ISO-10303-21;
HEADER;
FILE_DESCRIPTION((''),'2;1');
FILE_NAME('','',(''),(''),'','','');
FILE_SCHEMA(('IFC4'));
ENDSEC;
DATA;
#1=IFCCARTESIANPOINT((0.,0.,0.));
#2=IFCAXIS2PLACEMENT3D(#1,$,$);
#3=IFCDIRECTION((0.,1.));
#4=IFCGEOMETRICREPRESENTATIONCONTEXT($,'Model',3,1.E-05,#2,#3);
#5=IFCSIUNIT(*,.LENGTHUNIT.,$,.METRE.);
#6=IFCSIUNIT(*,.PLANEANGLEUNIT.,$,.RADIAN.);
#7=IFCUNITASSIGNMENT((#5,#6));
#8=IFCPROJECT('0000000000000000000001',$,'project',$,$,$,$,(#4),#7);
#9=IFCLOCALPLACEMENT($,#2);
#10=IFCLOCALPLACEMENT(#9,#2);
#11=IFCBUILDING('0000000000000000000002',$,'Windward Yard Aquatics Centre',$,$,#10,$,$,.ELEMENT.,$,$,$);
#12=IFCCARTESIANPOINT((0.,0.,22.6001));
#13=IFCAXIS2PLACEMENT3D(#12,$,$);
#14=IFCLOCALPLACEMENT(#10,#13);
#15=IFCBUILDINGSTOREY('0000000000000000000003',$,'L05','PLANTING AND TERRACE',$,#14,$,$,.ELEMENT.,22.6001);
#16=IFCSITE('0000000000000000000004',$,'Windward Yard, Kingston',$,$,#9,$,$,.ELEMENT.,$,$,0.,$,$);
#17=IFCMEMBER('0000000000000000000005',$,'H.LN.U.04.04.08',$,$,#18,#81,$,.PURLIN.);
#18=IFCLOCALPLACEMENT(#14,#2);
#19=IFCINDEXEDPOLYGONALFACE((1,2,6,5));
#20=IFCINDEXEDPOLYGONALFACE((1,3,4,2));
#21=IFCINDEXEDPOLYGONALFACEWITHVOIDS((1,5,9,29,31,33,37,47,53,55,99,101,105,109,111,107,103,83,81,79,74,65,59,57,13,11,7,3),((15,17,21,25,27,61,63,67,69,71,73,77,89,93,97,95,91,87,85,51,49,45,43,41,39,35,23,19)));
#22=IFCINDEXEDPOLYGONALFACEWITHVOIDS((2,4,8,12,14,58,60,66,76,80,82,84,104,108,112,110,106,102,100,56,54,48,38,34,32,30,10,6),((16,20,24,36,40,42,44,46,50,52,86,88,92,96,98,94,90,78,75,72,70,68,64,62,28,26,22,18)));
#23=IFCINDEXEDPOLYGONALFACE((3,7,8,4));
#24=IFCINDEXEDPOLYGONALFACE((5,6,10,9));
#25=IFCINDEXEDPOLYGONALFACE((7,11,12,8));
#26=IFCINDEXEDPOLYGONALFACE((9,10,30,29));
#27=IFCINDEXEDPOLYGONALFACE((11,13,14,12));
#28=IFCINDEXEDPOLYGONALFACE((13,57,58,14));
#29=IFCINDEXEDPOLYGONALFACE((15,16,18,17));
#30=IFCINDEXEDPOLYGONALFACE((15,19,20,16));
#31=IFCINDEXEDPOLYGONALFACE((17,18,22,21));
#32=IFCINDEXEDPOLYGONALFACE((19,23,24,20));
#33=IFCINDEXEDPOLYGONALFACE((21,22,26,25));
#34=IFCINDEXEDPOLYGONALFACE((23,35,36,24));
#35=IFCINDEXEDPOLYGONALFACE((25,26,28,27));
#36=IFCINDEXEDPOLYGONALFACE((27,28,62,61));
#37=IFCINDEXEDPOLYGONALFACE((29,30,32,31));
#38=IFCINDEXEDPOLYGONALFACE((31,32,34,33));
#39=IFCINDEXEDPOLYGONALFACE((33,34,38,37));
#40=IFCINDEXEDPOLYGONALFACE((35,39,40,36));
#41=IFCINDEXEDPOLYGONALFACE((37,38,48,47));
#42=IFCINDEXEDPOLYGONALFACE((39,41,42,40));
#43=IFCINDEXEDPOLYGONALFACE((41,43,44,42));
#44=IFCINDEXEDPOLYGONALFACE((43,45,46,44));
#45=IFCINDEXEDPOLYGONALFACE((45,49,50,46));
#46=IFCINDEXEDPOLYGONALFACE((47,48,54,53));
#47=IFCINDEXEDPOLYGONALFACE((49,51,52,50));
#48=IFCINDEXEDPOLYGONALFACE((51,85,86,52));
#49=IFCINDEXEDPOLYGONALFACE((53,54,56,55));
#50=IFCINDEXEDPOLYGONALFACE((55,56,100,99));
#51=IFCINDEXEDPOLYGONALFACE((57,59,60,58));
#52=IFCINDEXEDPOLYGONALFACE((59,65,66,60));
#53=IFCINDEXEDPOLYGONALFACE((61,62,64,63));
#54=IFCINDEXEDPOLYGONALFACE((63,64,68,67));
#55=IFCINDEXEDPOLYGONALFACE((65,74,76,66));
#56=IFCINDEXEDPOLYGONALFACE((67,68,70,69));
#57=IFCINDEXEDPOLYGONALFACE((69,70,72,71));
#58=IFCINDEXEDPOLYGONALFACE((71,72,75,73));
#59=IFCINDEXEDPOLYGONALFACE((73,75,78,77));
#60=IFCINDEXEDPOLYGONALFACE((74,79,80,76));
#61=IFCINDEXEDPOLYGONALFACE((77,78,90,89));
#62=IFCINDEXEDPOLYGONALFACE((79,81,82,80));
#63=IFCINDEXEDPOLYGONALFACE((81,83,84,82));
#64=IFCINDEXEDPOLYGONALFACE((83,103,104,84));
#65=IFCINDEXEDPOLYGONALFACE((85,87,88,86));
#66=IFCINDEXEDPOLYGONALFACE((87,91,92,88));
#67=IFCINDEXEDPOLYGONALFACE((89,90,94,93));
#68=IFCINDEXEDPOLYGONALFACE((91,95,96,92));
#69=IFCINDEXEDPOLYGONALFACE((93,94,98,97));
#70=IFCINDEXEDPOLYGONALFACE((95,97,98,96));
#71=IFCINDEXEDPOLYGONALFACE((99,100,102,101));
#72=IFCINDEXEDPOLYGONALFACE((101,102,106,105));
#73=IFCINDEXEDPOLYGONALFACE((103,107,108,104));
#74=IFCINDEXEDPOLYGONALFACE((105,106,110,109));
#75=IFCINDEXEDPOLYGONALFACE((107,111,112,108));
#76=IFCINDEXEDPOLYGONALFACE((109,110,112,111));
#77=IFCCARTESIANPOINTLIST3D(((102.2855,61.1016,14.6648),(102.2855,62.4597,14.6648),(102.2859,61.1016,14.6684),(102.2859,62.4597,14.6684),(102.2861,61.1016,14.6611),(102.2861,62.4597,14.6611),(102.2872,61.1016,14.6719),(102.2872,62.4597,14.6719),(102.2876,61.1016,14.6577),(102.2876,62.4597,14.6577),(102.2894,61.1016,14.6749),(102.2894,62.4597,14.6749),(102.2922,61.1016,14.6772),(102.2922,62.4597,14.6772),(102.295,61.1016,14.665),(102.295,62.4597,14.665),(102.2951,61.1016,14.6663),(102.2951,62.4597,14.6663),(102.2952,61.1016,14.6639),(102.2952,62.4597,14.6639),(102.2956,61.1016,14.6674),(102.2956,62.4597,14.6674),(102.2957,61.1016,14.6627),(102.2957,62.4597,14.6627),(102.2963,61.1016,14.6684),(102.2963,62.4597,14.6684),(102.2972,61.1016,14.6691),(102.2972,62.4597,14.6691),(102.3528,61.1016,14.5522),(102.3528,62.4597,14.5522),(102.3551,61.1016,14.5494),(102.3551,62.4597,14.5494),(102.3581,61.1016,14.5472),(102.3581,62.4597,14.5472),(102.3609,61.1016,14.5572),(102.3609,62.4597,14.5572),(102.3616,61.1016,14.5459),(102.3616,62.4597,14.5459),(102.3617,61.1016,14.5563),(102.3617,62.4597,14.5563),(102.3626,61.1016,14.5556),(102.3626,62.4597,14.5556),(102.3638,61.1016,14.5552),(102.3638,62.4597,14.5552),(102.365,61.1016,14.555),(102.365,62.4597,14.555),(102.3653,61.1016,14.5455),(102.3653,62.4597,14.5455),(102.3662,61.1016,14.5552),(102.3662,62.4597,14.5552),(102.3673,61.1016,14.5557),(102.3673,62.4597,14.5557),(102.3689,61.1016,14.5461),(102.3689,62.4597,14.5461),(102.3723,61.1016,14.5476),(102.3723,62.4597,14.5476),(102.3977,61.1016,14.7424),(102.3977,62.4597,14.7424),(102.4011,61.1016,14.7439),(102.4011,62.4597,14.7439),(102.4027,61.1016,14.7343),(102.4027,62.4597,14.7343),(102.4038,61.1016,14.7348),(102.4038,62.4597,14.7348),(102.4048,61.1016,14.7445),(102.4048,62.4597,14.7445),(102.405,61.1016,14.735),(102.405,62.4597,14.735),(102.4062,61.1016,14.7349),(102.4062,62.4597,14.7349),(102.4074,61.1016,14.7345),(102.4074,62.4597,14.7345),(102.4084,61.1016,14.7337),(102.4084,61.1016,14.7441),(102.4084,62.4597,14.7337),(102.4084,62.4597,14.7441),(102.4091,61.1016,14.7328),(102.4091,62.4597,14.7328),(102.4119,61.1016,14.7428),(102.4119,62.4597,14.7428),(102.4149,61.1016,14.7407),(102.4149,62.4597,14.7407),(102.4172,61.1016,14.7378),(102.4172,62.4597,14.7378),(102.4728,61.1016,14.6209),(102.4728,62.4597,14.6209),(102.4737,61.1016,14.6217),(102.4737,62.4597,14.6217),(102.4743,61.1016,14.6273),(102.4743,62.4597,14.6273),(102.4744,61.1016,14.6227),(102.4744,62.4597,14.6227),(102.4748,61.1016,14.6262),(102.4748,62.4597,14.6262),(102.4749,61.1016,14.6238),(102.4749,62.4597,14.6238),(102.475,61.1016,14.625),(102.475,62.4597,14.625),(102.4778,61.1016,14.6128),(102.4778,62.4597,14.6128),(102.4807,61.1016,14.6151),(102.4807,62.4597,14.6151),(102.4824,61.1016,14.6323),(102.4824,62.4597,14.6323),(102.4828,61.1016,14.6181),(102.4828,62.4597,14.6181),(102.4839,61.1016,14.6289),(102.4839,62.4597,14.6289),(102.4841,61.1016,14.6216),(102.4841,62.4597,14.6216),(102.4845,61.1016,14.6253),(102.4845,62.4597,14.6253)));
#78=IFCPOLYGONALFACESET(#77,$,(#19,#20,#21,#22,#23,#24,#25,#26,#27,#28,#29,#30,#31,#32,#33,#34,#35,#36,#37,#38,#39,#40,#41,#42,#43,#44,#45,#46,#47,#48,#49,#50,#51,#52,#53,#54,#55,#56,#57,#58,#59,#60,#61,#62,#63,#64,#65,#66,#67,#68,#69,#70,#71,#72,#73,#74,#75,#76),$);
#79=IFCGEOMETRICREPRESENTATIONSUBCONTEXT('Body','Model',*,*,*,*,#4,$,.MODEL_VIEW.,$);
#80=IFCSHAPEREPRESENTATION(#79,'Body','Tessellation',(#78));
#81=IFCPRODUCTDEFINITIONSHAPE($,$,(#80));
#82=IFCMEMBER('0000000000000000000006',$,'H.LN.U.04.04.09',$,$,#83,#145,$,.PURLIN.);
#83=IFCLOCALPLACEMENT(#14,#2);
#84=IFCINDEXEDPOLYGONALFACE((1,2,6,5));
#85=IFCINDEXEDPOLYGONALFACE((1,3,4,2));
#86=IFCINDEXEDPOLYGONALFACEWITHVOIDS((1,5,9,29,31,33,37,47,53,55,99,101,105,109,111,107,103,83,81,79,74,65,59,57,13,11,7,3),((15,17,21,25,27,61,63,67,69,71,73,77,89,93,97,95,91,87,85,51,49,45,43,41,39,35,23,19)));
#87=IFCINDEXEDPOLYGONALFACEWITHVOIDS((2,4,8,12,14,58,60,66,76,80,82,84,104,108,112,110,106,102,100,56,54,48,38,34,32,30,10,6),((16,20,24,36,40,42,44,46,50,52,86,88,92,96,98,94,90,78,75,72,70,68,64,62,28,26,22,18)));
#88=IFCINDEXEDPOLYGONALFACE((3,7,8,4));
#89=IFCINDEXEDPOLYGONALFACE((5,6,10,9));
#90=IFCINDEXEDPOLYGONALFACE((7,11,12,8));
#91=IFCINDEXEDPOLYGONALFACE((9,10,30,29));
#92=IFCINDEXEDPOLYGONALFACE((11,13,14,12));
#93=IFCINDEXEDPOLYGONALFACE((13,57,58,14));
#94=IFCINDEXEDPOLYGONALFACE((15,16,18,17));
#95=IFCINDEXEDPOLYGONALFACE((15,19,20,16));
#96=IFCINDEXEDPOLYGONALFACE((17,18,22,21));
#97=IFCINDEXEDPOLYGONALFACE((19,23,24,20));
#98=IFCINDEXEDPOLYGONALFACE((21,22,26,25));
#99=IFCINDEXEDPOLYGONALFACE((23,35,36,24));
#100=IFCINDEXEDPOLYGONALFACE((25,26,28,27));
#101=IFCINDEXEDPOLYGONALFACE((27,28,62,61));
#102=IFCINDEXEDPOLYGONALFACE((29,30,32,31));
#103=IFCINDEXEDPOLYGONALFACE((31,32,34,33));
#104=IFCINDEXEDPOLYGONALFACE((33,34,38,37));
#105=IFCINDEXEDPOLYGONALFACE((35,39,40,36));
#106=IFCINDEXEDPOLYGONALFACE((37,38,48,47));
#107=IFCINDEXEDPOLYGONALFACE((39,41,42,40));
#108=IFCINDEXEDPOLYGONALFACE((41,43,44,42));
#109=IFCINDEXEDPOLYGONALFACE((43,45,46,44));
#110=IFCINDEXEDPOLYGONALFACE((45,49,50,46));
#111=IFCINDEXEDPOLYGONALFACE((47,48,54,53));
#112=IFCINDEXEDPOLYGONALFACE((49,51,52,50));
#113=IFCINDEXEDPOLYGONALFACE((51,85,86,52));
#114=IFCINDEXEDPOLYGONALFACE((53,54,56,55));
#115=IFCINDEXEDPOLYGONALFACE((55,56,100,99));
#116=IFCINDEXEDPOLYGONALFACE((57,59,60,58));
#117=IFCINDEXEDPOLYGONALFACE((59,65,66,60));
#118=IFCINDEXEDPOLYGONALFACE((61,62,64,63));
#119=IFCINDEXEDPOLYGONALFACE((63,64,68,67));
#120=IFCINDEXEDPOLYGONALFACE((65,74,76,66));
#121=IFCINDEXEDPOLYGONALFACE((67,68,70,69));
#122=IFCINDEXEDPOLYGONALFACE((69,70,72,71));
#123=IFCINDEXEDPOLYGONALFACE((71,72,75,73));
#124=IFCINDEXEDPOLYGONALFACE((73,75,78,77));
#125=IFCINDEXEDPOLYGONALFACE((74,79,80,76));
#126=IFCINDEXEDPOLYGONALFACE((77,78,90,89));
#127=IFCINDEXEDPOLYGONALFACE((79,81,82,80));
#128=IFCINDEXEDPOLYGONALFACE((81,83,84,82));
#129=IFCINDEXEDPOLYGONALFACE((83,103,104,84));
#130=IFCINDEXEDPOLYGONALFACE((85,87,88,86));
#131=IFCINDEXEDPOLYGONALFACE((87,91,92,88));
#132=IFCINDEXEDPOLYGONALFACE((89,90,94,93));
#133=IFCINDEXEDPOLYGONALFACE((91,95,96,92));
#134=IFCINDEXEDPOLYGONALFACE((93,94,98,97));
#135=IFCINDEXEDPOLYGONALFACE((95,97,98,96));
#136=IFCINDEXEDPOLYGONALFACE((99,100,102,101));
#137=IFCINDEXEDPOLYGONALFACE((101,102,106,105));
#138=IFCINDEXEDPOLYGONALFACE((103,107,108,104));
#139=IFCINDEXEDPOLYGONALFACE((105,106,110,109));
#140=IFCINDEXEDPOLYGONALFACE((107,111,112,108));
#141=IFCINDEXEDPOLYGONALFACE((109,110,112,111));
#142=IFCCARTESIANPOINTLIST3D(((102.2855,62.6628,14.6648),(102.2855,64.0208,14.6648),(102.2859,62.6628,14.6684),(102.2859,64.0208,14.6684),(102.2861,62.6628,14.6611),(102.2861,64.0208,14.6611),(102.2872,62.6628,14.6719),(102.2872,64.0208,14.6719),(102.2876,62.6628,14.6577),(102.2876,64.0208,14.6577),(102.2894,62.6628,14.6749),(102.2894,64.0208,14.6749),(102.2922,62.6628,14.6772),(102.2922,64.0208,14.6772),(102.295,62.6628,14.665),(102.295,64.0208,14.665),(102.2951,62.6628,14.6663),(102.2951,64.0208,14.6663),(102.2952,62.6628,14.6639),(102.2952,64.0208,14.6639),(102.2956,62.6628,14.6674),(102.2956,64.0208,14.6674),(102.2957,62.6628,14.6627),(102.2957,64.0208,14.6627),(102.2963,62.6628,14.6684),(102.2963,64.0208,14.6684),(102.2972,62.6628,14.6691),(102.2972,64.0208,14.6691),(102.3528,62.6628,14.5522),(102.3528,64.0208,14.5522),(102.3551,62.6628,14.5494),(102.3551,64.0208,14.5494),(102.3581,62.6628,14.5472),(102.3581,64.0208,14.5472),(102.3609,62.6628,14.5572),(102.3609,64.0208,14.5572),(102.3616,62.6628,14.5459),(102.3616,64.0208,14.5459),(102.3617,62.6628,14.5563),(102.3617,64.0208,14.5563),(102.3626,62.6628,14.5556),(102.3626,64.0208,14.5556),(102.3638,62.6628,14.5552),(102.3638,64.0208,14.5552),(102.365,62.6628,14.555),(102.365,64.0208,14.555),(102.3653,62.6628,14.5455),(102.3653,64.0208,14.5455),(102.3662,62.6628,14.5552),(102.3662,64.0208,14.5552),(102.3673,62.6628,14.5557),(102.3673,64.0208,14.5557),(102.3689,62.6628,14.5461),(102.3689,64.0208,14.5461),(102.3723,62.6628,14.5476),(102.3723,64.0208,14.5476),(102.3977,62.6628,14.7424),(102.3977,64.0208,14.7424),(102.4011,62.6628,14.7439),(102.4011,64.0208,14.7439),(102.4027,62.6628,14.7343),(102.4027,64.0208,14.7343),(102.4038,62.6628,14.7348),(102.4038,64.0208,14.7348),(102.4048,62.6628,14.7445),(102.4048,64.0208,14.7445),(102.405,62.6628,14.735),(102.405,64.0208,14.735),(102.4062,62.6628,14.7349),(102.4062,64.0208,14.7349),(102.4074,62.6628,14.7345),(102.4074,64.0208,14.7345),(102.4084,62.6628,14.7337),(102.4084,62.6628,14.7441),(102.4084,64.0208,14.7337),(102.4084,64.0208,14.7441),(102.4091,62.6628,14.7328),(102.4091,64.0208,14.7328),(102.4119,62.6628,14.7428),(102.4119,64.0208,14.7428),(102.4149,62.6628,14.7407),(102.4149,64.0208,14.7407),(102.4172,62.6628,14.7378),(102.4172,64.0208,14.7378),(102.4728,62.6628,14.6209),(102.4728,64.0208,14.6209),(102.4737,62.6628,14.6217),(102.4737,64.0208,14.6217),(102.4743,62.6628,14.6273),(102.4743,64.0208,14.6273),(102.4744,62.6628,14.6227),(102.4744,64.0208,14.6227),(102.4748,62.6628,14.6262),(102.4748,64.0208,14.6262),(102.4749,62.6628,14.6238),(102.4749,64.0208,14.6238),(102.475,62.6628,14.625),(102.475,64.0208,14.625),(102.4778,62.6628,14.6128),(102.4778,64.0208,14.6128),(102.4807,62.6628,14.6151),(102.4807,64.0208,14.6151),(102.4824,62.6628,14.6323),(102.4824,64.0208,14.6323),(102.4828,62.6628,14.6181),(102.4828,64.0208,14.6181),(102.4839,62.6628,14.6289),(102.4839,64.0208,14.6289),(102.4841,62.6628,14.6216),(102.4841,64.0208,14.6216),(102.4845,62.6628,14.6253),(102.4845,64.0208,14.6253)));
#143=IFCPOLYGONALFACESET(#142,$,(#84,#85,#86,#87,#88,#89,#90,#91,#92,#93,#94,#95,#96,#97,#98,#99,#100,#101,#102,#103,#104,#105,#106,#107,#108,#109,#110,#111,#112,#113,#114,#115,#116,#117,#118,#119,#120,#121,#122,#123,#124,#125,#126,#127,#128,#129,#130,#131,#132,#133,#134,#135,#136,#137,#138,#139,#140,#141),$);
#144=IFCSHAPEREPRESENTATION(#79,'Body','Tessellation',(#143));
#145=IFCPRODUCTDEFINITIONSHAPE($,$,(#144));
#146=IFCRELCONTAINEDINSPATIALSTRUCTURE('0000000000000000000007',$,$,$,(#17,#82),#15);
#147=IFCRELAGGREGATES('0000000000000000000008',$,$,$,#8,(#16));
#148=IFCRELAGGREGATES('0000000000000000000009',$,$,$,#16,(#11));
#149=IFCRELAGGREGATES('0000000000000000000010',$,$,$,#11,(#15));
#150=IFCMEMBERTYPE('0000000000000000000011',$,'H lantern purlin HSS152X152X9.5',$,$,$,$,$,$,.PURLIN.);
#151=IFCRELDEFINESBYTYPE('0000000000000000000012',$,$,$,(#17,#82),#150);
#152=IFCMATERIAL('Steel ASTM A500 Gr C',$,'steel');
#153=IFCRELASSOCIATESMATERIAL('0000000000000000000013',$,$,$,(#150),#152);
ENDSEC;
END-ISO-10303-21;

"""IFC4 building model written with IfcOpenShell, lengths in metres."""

from ifc_helpers import new_model, si_unit, direction, frame, origin, origin_2d, place, context, subcontext, project, spatial, hollow_rectangle, extrude, material, material_profile, profile_set, type_object, element, save


model = new_model("IFC4")

# Units and contexts
model_context = context("Model", 3, precision=1e-05, world=origin(), true_north=direction((0.0, 1.0)))
body_context = subcontext(model_context, "Body", "Model", "MODEL_VIEW")
ifc_project = project(units=[si_unit("LENGTHUNIT", "METRE"), si_unit("PLANEANGLEUNIT", "RADIAN")], contexts=[model_context])

# Site, building, storey
site_placement = place(None, origin())
site = spatial("IfcSite", under=ifc_project, at=site_placement, Name="Windward Yard, Kingston", CompositionType="ELEMENT", RefElevation=0.0)
building_placement = place(site_placement, origin())
building = spatial("IfcBuilding", under=site, at=building_placement, Name="Windward Yard Aquatics Centre", CompositionType="ELEMENT")
storey_placement = place(building_placement, frame((0.0, 0.0, 22.6001)))
storey = spatial("IfcBuildingStorey", under=building, at=storey_placement, Name="L05", Description="PLANTING AND TERRACE", CompositionType="ELEMENT", Elevation=22.6001)

# Members
ifc_material_1 = material(Name="Steel ASTM A500 Gr C", Category="steel")
ifc_material_profile = material_profile(ifc_material_1, hollow_rectangle(XDim=0.1523, YDim=0.1523, WallThickness=0.0095, InnerFilletRadius=0.0046, OuterFilletRadius=0.0142, at=origin_2d()), Name="HSS152X152X9.5")
ifc_profile_set = profile_set([ifc_material_profile], Name="Steel ASTM A500 Gr C")
member_type = type_object("IfcMemberType", Name="H lantern purlin HSS152X152X9.5", PredefinedType="PURLIN", material=ifc_profile_set)
for number, where, z_axis, x_axis, name in (
    (1, (102.385, 61.1016, 14.645), (0.0, 1.0, 0.0), (-0.850755, 0.0, -0.525562), "H.LN.U.04.04.08"),
):
    element("IfcMember", number, at=place(storey_placement, frame(where, z_axis=z_axis, x_axis=x_axis)), inside=storey, type_object=member_type, Name=name, PredefinedType="PURLIN", context=body_context, shape_type="SweptSolid", body=[
        extrude(hollow_rectangle(XDim=0.1523, YDim=0.1523, WallThickness=0.0095, InnerFilletRadius=0.0046, OuterFilletRadius=0.0142, at=origin_2d()), origin(), (0.0, 0.0, 1.0), 1.3582),
    ])
member_1_placement = place(storey_placement, frame((102.385, 62.6628, 14.645), z_axis=(0.0, 1.0, 0.0), x_axis=(-0.850755, 0.0, -0.525562)))
element("IfcMember", 2, at=member_1_placement, inside=storey, type_object=member_type, Name="H.LN.U.04.04.09", PredefinedType="PURLIN", context=body_context, shape_type="SweptSolid", body=[
    extrude(hollow_rectangle(XDim=0.1523, YDim=0.1523, WallThickness=0.0095, InnerFilletRadius=0.0046, OuterFilletRadius=0.0142, at=origin_2d()), origin(), (0.0, 0.0, 1.0), 1.3579),
])

save(model, "model.ifc")
